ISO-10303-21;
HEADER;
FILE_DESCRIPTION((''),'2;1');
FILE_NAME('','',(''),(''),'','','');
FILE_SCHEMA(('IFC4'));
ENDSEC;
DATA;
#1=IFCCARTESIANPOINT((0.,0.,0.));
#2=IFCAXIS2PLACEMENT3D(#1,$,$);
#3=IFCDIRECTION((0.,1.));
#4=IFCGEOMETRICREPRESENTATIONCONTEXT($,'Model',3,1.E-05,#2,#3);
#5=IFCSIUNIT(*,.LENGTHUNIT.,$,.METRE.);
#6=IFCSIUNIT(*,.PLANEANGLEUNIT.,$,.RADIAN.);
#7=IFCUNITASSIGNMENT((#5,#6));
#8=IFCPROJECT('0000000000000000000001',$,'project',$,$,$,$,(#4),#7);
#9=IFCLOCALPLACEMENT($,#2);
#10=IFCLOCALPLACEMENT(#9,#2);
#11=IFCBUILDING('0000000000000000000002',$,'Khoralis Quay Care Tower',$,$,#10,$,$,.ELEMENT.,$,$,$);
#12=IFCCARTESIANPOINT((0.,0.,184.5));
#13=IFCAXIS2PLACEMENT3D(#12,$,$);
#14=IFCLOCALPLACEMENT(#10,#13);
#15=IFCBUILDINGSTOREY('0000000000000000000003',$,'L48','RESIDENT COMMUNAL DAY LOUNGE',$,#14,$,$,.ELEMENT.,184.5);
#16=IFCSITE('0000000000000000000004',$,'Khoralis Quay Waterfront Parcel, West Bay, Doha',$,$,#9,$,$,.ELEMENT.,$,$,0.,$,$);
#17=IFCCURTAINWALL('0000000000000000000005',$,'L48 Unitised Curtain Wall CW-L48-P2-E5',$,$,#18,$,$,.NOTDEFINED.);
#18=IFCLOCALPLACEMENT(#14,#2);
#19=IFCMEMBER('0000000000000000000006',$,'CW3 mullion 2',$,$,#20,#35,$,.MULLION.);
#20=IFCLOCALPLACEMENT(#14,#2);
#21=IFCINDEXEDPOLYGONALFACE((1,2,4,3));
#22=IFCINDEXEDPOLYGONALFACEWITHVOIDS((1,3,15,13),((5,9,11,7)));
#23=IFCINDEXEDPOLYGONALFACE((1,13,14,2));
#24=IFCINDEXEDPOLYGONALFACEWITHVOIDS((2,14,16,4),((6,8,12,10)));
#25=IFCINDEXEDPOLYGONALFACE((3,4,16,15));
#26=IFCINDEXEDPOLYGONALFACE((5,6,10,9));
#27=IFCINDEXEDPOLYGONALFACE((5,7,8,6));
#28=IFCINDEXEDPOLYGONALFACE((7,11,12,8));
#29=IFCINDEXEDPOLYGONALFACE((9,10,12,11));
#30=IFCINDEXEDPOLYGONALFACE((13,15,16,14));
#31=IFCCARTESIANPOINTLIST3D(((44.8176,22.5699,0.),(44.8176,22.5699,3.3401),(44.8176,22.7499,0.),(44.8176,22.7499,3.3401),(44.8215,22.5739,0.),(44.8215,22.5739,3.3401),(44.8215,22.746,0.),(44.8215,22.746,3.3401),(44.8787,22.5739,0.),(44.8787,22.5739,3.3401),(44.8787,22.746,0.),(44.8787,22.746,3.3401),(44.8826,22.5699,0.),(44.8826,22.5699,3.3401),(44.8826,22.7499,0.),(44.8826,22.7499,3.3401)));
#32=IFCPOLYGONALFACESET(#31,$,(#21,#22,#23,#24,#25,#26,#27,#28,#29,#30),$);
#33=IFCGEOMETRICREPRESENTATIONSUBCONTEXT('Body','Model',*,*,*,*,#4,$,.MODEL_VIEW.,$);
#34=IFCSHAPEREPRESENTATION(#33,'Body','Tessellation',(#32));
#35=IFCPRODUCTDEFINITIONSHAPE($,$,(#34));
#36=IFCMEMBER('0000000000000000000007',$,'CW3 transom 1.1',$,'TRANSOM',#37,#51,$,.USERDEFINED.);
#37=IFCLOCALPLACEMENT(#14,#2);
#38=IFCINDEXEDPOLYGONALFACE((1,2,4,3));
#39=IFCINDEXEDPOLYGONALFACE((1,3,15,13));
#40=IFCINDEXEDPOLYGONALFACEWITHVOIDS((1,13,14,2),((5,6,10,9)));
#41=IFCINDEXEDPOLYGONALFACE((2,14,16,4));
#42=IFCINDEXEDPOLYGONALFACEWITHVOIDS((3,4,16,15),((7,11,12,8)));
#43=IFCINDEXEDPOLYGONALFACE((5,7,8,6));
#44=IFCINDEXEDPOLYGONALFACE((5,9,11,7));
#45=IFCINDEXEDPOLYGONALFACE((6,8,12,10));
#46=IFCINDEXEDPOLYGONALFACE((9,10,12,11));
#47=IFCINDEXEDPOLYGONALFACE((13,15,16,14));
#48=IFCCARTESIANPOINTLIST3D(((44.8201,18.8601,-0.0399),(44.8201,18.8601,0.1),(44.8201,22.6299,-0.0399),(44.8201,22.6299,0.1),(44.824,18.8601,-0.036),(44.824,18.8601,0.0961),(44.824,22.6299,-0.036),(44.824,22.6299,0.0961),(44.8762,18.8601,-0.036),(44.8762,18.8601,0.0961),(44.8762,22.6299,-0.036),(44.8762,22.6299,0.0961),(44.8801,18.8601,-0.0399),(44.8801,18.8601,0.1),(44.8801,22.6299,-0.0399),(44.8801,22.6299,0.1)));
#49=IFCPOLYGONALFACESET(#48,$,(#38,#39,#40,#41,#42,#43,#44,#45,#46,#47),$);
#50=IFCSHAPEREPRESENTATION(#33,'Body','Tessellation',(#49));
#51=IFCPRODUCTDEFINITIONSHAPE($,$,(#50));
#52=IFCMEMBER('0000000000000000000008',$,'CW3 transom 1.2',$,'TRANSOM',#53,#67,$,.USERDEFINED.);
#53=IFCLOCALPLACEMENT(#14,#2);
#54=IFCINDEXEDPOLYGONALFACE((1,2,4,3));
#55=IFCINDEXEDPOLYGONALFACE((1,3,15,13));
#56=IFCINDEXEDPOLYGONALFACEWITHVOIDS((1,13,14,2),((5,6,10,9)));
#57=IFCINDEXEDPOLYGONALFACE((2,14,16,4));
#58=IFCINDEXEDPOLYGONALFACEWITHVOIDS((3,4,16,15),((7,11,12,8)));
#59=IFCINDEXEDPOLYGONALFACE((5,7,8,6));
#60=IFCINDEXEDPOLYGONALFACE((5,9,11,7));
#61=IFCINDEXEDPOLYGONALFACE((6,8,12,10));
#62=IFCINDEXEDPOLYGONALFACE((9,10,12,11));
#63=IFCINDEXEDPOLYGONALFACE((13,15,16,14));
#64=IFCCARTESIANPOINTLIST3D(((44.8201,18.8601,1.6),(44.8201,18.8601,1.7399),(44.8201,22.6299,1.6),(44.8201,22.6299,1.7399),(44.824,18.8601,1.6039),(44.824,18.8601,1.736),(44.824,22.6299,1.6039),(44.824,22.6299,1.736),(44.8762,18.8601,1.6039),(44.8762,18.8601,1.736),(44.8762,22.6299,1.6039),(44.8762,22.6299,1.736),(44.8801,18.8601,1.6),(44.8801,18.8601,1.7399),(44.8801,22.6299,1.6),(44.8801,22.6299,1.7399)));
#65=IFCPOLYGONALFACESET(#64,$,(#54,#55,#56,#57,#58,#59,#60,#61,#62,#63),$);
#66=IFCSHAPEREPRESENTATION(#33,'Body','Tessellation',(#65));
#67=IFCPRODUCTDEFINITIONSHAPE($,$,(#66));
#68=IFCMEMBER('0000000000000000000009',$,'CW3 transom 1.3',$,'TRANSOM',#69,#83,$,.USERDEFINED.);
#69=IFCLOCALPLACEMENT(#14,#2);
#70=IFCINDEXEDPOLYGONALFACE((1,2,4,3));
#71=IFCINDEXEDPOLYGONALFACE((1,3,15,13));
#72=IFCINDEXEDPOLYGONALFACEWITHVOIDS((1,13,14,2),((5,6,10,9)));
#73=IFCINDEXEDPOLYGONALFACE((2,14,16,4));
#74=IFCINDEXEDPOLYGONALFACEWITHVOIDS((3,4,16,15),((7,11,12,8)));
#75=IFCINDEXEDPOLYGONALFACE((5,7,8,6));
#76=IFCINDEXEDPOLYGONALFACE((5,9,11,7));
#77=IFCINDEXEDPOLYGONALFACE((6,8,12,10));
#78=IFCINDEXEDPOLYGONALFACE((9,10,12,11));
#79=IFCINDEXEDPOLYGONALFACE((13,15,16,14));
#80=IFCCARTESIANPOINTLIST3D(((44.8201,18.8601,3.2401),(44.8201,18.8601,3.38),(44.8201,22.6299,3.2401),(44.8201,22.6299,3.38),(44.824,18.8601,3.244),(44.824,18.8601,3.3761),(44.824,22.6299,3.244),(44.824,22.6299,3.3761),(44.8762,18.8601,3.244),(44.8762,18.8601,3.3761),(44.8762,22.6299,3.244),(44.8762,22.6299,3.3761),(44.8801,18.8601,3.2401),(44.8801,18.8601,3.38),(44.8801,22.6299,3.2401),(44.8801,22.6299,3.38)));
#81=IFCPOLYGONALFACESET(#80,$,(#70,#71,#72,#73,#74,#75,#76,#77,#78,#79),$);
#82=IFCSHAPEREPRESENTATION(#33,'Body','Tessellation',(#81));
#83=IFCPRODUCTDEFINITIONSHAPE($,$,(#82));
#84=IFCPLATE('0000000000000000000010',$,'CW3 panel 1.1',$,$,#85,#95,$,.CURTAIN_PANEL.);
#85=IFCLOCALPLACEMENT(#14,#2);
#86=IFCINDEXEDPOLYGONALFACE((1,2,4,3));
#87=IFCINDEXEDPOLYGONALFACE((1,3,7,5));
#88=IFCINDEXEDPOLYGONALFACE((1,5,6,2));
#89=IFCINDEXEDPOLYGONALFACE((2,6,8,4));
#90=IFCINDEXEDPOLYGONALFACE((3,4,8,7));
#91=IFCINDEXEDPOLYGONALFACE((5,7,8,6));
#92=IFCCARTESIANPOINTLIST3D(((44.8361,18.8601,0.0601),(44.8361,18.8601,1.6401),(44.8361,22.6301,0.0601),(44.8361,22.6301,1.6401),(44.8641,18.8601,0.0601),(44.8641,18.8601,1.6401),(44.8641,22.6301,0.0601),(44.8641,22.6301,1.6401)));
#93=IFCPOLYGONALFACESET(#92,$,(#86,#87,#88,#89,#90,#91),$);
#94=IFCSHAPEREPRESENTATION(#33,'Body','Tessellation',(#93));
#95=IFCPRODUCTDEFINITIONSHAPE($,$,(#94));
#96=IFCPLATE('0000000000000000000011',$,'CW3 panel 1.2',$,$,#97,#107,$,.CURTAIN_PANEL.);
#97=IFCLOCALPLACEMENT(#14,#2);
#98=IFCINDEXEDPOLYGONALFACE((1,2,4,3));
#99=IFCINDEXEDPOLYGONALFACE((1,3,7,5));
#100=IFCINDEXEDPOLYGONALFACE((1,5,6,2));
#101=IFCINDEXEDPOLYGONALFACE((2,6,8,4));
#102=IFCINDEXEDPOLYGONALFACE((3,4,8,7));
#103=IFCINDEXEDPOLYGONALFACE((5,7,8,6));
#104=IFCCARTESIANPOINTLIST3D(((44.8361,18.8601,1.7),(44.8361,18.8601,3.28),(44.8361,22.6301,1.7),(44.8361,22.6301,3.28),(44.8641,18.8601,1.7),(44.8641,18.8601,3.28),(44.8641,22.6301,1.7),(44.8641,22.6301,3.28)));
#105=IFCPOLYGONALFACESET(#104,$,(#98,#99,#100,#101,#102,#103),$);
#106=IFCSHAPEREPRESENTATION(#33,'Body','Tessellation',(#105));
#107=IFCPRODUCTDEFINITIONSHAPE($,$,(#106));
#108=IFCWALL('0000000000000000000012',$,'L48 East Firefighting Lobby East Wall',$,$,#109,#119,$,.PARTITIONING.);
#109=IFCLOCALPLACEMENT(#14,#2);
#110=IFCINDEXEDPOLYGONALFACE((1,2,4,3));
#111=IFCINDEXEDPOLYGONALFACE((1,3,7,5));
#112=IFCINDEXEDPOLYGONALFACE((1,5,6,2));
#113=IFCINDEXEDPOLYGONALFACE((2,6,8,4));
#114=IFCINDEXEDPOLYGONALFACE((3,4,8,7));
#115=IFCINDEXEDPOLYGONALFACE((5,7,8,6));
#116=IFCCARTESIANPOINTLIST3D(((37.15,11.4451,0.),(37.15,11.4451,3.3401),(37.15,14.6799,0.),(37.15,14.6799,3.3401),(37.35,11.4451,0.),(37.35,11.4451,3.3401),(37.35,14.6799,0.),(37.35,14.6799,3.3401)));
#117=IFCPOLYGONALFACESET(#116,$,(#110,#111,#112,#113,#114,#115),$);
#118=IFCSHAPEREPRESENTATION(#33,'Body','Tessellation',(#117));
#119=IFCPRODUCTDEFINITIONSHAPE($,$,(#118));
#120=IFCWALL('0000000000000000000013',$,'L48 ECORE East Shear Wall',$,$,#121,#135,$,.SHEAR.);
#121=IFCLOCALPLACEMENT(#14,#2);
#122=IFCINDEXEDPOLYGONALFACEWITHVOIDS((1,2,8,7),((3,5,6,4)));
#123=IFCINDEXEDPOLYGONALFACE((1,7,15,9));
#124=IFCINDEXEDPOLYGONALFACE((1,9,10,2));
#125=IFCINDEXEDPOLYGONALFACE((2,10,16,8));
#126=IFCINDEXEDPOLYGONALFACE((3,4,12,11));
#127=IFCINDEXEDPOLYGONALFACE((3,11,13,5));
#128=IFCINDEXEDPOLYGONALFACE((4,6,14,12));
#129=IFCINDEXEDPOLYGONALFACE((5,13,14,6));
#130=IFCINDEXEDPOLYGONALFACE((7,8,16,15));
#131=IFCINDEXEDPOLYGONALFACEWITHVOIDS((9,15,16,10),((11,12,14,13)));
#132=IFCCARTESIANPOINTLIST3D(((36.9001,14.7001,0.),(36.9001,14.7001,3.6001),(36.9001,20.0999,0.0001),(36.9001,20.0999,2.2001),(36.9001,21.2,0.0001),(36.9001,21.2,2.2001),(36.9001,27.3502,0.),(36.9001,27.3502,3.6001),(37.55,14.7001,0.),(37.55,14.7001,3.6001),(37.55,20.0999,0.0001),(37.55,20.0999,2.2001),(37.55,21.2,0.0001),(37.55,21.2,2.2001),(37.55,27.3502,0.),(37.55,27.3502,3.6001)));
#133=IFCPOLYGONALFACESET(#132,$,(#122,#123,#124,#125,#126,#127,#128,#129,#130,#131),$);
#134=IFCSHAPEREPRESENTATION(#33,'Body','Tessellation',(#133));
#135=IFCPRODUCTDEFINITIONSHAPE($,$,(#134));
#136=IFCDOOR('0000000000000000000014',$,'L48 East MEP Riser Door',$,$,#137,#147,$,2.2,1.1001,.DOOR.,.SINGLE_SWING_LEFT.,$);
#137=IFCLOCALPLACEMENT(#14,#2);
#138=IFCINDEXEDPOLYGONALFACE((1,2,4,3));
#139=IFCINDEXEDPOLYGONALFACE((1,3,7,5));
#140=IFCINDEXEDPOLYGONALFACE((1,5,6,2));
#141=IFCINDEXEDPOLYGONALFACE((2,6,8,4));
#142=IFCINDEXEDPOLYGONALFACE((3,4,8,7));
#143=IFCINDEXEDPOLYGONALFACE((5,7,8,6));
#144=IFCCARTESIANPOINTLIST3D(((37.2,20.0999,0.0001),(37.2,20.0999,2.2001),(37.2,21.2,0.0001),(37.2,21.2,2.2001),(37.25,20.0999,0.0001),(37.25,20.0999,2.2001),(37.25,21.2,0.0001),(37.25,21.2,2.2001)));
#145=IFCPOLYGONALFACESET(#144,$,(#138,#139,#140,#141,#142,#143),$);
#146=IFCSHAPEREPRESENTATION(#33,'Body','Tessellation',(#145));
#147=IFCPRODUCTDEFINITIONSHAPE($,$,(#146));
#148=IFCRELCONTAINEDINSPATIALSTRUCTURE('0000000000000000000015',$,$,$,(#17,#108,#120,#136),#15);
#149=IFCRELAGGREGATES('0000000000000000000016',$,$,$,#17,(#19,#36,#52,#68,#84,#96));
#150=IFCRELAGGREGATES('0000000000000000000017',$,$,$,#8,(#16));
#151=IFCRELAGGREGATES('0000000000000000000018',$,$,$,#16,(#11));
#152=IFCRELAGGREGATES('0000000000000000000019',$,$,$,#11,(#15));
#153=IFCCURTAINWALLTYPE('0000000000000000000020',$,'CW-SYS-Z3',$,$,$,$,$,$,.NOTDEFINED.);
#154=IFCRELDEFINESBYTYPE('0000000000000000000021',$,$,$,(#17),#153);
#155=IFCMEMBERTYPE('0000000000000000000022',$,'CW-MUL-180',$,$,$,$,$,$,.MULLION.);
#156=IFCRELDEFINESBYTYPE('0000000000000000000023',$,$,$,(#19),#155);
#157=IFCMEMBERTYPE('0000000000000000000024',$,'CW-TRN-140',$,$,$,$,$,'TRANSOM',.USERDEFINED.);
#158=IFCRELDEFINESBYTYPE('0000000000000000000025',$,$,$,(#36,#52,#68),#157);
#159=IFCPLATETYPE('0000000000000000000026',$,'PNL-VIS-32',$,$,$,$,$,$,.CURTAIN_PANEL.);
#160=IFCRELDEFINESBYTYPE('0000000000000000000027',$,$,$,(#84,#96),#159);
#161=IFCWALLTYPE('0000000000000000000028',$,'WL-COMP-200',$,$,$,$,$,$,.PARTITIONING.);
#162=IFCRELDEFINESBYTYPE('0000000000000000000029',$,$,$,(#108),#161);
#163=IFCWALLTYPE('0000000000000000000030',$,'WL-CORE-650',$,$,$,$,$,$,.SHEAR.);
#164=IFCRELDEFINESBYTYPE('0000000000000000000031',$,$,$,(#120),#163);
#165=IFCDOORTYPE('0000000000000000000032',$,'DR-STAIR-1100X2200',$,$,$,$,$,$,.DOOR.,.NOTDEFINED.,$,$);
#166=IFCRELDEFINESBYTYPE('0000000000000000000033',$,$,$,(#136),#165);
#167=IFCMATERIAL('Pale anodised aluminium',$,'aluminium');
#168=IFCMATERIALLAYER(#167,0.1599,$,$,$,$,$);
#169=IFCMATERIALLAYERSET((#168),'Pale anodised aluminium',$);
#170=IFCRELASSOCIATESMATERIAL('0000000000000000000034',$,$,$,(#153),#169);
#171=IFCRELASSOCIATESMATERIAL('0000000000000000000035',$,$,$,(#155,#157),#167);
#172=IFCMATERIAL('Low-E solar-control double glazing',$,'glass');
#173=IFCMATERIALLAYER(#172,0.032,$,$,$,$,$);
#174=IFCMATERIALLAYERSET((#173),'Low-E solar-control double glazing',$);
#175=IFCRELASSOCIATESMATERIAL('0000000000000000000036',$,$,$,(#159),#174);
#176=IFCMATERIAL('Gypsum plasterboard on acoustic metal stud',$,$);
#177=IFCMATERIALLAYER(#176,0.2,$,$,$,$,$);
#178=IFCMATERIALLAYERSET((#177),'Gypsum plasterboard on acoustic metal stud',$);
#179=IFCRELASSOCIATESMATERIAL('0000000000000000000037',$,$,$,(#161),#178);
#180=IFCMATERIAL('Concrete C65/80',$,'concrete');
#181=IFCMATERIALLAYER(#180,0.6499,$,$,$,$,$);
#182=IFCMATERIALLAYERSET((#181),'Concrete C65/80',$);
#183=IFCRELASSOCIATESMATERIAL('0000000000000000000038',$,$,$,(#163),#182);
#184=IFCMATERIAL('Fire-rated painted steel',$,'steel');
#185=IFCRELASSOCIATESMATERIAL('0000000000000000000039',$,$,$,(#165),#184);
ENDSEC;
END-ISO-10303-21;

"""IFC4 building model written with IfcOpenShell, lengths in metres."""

from ifc_helpers import new_model, si_unit, direction, frame, frame_2d, origin, origin_2d, place, context, subcontext, project, spatial, rectangle, hollow_rectangle, extrude, source, transform, mapped, material, layer, layer_set, material_profile, profile_set, type_object, element, fill, aggregate, save


model = new_model("IFC4")

# Units and contexts
model_context = context("Model", 3, precision=1e-05, world=origin(), true_north=direction((0.0, 1.0)))
body_context = subcontext(model_context, "Body", "Model", "MODEL_VIEW")
ifc_project = project(units=[si_unit("LENGTHUNIT", "METRE"), si_unit("PLANEANGLEUNIT", "RADIAN")], contexts=[model_context])

# Site, building, storey
site_placement = place(None, origin())
site = spatial("IfcSite", under=ifc_project, at=site_placement, Name="Khoralis Quay Waterfront Parcel, West Bay, Doha", CompositionType="ELEMENT", RefElevation=0.0)
building_placement = place(site_placement, origin())
building = spatial("IfcBuilding", under=site, at=building_placement, Name="Khoralis Quay Care Tower", CompositionType="ELEMENT")
storey_placement = place(building_placement, frame((0.0, 0.0, 184.5)))
storey = spatial("IfcBuildingStorey", under=building, at=storey_placement, Name="L48", Description="RESIDENT COMMUNAL DAY LOUNGE", CompositionType="ELEMENT", Elevation=184.5)

# Shared definitions
ifc_material_1 = material(Name="Concrete C65/80", Category="concrete")

# Curtain wall, members, plates
ifc_material_2 = material(Name="Pale anodised aluminium", Category="aluminium")
ifc_layer_1 = layer(ifc_material_2, 0.1599)
ifc_layer_set_1 = layer_set([ifc_layer_1], Name="Pale anodised aluminium")
curtain_wall_type = type_object("IfcCurtainWallType", Name="CW-SYS-Z3", PredefinedType="NOTDEFINED", material=ifc_layer_set_1)
curtain_wall_placement = place(storey_placement, origin())
curtain_wall = element("IfcCurtainWall", 1, at=curtain_wall_placement, inside=storey, type_object=curtain_wall_type, Name="L48 Unitised Curtain Wall CW-L48-P2-E5", PredefinedType="NOTDEFINED")
ifc_material_profile_1 = material_profile(ifc_material_2, hollow_rectangle(XDim=0.0649, YDim=0.1799, WallThickness=0.0039, at=origin_2d()), Name="Pale anodised aluminium")
ifc_profile_set_1 = profile_set([ifc_material_profile_1], Name="Pale anodised aluminium")
member_type_1 = type_object("IfcMemberType", Name="CW-MUL-180", PredefinedType="MULLION", material=ifc_profile_set_1)
shared_shape_1 = source(origin(), body_context, "Body", "SweptSolid", [
    extrude(hollow_rectangle(XDim=0.0649, YDim=0.1799, WallThickness=0.0039, at=origin_2d()), origin(), (0.0, 0.0, 1.0), 3.3401),
])
member_1_placement = place(storey_placement, frame((44.8501, 22.6599, 0.0), z_axis=(0.0, 0.0, 1.0), x_axis=(-1.0, 0.0, 0.0)))
member_1 = element("IfcMember", 2, at=member_1_placement, type_object=member_type_1, Name="CW3 mullion 2", PredefinedType="MULLION", context=body_context, shape_type="MappedRepresentation", body=[
    mapped(shared_shape_1, transform((0.0, 0.0, 0.0), scale=1.0)),
])
ifc_material_profile_2 = material_profile(ifc_material_2, hollow_rectangle(XDim=0.0601, YDim=0.1399, WallThickness=0.0039, at=origin_2d()), Name="Pale anodised aluminium")
ifc_profile_set_2 = profile_set([ifc_material_profile_2], Name="Pale anodised aluminium")
member_type_2 = type_object("IfcMemberType", Name="CW-TRN-140", ElementType="TRANSOM", PredefinedType="USERDEFINED", material=ifc_profile_set_2)
shared_shape_2 = source(origin(), body_context, "Body", "SweptSolid", [
    extrude(hollow_rectangle(XDim=0.0601, YDim=0.1399, WallThickness=0.0039, at=origin_2d()), origin(), (0.0, 0.0, 1.0), 3.7698),
])
member_2_placement = place(storey_placement, frame((44.8501, 18.8601, 0.03), z_axis=(0.0, 1.0, 0.0), x_axis=(-1.0, 0.0, 0.0)))
member_2 = element("IfcMember", 3, at=member_2_placement, type_object=member_type_2, Name="CW3 transom 1.1", ObjectType="TRANSOM", PredefinedType="USERDEFINED", context=body_context, shape_type="MappedRepresentation", body=[
    mapped(shared_shape_2, transform((0.0, 0.0, 0.0), scale=1.0)),
])
member_3_placement = place(storey_placement, frame((44.8501, 18.8601, 1.6699), z_axis=(0.0, 1.0, 0.0), x_axis=(-1.0, 0.0, 0.0)))
member_3 = element("IfcMember", 4, at=member_3_placement, type_object=member_type_2, Name="CW3 transom 1.2", ObjectType="TRANSOM", PredefinedType="USERDEFINED", context=body_context, shape_type="MappedRepresentation", body=[
    mapped(shared_shape_2, transform((0.0, 0.0, 0.0), scale=1.0)),
])
member_4_placement = place(storey_placement, frame((44.8501, 18.8601, 3.3101), z_axis=(0.0, 1.0, 0.0), x_axis=(-1.0, 0.0, 0.0)))
member_4 = element("IfcMember", 5, at=member_4_placement, type_object=member_type_2, Name="CW3 transom 1.3", ObjectType="TRANSOM", PredefinedType="USERDEFINED", context=body_context, shape_type="MappedRepresentation", body=[
    mapped(shared_shape_2, transform((0.0, 0.0, 0.0), scale=1.0)),
])
ifc_material_3 = material(Name="Low-E solar-control double glazing", Category="glass")
ifc_layer_2 = layer(ifc_material_3, 0.032)
ifc_layer_set_2 = layer_set([ifc_layer_2], Name="Low-E solar-control double glazing")
plate_type = type_object("IfcPlateType", Name="PNL-VIS-32", PredefinedType="CURTAIN_PANEL", material=ifc_layer_set_2)
shared_shape_3 = source(origin(), body_context, "Body", "SweptSolid", [
    extrude(rectangle(XDim=3.77, YDim=0.0281, at=origin_2d()), origin(), (0.0, 0.0, 1.0), 1.5801),
])
plate_1_placement = place(storey_placement, frame((44.8501, 20.7451, 0.0601), z_axis=(0.0, 0.0, 1.0), x_axis=(0.0, 1.0, 0.0)))
plate_1 = element("IfcPlate", 6, at=plate_1_placement, type_object=plate_type, Name="CW3 panel 1.1", PredefinedType="CURTAIN_PANEL", context=body_context, shape_type="MappedRepresentation", body=[
    mapped(shared_shape_3, transform((0.0, 0.0, 0.0), scale=1.0)),
])
plate_2_placement = place(storey_placement, frame((44.8501, 20.7451, 1.7), z_axis=(0.0, 0.0, 1.0), x_axis=(0.0, 1.0, 0.0)))
plate_2 = element("IfcPlate", 7, at=plate_2_placement, type_object=plate_type, Name="CW3 panel 1.2", PredefinedType="CURTAIN_PANEL", context=body_context, shape_type="MappedRepresentation", body=[
    mapped(shared_shape_3, transform((0.0, 0.0, 0.0), scale=1.0)),
])
aggregate(curtain_wall, [member_1, member_2, member_3, member_4, plate_1, plate_2])

# Wall
ifc_material_4 = material(Name="Gypsum plasterboard on acoustic metal stud")
ifc_layer_3 = layer(ifc_material_4, 0.2)
ifc_layer_set_3 = layer_set([ifc_layer_3], Name="Gypsum plasterboard on acoustic metal stud")
wall_type_1 = type_object("IfcWallType", Name="WL-COMP-200", PredefinedType="PARTITIONING", material=ifc_layer_set_3)
wall_1_placement = place(storey_placement, frame((37.25, 11.4451, 0.0), z_axis=(0.0, 0.0, 1.0), x_axis=(0.0, 1.0, 0.0)))
element("IfcWall", 8, at=wall_1_placement, inside=storey, type_object=wall_type_1, Name="L48 East Firefighting Lobby East Wall", PredefinedType="PARTITIONING", context=body_context, shape_type="SweptSolid", body=[
    extrude(rectangle(XDim=3.2349, YDim=0.2, at=frame_2d((1.6174, 0.0))), origin(), (0.0, 0.0, 1.0), 3.3401),
])

# Wall, opening, door
ifc_layer_4 = layer(ifc_material_1, 0.6499)
ifc_layer_set_4 = layer_set([ifc_layer_4], Name="Concrete C65/80")
wall_type_2 = type_object("IfcWallType", Name="WL-CORE-650", PredefinedType="SHEAR", material=ifc_layer_set_4)
wall_2_placement = place(storey_placement, frame((37.2251, 14.7, 0.0), z_axis=(0.0, 0.0, 1.0), x_axis=(0.0, 1.0, 0.0)))
wall_2 = element("IfcWall", 9, at=wall_2_placement, inside=storey, type_object=wall_type_2, Name="L48 ECORE East Shear Wall", PredefinedType="SHEAR", context=body_context, shape_type="SweptSolid", body=[
    extrude(rectangle(XDim=12.6501, YDim=0.6499, at=frame_2d((6.3252, 0.0))), origin(), (0.0, 0.0, 1.0), 3.6001),
])
opening_1_placement = place(wall_2_placement, frame((5.3999, 0.0, 0.0)))
opening_1 = element("IfcOpeningElement", 10, at=opening_1_placement, cuts=wall_2, PredefinedType="OPENING", context=body_context, shape_type="SweptSolid", body=[
    extrude(rectangle(XDim=1.1001, YDim=2.2, at=frame_2d((0.55, 1.1001))), frame((0.0, 0.335, 0.0), z_axis=(0.0, -1.0, 0.0), x_axis=(1.0, 0.0, 0.0)), (0.0, 0.0, 1.0), 0.6699),
])
ifc_material_5 = material(Name="Fire-rated painted steel", Category="steel")
door_type_1 = type_object("IfcDoorType", Name="DR-STAIR-1100X2200", OperationType="NOTDEFINED", PredefinedType="DOOR", material=ifc_material_5)
shared_shape_4 = source(origin(), body_context, "Body", "SweptSolid", [
    extrude(rectangle(XDim=1.1001, YDim=2.2, at=frame_2d((0.55, 1.1001))), frame((0.0, 0.0249, 0.0), z_axis=(0.0, -1.0, 0.0), x_axis=(1.0, 0.0, 0.0)), (0.0, 0.0, 1.0), 0.05),
])
door_1_placement = place(opening_1_placement, frame((1.1001, 0.0, 0.0), z_axis=(0.0, 0.0, 1.0), x_axis=(-1.0, 0.0, 0.0)))
door_1 = element("IfcDoor", 11, at=door_1_placement, inside=storey, type_object=door_type_1, Name="L48 East MEP Riser Door", OperationType="SINGLE_SWING_LEFT", OverallHeight=2.2, OverallWidth=1.1001, PredefinedType="DOOR", context=body_context, shape_type="MappedRepresentation", body=[
    mapped(shared_shape_4, transform((0.0, 0.0, 0.0), scale=1.0)),
])
fill(opening_1, door_1)

save(model, "model.ifc")
